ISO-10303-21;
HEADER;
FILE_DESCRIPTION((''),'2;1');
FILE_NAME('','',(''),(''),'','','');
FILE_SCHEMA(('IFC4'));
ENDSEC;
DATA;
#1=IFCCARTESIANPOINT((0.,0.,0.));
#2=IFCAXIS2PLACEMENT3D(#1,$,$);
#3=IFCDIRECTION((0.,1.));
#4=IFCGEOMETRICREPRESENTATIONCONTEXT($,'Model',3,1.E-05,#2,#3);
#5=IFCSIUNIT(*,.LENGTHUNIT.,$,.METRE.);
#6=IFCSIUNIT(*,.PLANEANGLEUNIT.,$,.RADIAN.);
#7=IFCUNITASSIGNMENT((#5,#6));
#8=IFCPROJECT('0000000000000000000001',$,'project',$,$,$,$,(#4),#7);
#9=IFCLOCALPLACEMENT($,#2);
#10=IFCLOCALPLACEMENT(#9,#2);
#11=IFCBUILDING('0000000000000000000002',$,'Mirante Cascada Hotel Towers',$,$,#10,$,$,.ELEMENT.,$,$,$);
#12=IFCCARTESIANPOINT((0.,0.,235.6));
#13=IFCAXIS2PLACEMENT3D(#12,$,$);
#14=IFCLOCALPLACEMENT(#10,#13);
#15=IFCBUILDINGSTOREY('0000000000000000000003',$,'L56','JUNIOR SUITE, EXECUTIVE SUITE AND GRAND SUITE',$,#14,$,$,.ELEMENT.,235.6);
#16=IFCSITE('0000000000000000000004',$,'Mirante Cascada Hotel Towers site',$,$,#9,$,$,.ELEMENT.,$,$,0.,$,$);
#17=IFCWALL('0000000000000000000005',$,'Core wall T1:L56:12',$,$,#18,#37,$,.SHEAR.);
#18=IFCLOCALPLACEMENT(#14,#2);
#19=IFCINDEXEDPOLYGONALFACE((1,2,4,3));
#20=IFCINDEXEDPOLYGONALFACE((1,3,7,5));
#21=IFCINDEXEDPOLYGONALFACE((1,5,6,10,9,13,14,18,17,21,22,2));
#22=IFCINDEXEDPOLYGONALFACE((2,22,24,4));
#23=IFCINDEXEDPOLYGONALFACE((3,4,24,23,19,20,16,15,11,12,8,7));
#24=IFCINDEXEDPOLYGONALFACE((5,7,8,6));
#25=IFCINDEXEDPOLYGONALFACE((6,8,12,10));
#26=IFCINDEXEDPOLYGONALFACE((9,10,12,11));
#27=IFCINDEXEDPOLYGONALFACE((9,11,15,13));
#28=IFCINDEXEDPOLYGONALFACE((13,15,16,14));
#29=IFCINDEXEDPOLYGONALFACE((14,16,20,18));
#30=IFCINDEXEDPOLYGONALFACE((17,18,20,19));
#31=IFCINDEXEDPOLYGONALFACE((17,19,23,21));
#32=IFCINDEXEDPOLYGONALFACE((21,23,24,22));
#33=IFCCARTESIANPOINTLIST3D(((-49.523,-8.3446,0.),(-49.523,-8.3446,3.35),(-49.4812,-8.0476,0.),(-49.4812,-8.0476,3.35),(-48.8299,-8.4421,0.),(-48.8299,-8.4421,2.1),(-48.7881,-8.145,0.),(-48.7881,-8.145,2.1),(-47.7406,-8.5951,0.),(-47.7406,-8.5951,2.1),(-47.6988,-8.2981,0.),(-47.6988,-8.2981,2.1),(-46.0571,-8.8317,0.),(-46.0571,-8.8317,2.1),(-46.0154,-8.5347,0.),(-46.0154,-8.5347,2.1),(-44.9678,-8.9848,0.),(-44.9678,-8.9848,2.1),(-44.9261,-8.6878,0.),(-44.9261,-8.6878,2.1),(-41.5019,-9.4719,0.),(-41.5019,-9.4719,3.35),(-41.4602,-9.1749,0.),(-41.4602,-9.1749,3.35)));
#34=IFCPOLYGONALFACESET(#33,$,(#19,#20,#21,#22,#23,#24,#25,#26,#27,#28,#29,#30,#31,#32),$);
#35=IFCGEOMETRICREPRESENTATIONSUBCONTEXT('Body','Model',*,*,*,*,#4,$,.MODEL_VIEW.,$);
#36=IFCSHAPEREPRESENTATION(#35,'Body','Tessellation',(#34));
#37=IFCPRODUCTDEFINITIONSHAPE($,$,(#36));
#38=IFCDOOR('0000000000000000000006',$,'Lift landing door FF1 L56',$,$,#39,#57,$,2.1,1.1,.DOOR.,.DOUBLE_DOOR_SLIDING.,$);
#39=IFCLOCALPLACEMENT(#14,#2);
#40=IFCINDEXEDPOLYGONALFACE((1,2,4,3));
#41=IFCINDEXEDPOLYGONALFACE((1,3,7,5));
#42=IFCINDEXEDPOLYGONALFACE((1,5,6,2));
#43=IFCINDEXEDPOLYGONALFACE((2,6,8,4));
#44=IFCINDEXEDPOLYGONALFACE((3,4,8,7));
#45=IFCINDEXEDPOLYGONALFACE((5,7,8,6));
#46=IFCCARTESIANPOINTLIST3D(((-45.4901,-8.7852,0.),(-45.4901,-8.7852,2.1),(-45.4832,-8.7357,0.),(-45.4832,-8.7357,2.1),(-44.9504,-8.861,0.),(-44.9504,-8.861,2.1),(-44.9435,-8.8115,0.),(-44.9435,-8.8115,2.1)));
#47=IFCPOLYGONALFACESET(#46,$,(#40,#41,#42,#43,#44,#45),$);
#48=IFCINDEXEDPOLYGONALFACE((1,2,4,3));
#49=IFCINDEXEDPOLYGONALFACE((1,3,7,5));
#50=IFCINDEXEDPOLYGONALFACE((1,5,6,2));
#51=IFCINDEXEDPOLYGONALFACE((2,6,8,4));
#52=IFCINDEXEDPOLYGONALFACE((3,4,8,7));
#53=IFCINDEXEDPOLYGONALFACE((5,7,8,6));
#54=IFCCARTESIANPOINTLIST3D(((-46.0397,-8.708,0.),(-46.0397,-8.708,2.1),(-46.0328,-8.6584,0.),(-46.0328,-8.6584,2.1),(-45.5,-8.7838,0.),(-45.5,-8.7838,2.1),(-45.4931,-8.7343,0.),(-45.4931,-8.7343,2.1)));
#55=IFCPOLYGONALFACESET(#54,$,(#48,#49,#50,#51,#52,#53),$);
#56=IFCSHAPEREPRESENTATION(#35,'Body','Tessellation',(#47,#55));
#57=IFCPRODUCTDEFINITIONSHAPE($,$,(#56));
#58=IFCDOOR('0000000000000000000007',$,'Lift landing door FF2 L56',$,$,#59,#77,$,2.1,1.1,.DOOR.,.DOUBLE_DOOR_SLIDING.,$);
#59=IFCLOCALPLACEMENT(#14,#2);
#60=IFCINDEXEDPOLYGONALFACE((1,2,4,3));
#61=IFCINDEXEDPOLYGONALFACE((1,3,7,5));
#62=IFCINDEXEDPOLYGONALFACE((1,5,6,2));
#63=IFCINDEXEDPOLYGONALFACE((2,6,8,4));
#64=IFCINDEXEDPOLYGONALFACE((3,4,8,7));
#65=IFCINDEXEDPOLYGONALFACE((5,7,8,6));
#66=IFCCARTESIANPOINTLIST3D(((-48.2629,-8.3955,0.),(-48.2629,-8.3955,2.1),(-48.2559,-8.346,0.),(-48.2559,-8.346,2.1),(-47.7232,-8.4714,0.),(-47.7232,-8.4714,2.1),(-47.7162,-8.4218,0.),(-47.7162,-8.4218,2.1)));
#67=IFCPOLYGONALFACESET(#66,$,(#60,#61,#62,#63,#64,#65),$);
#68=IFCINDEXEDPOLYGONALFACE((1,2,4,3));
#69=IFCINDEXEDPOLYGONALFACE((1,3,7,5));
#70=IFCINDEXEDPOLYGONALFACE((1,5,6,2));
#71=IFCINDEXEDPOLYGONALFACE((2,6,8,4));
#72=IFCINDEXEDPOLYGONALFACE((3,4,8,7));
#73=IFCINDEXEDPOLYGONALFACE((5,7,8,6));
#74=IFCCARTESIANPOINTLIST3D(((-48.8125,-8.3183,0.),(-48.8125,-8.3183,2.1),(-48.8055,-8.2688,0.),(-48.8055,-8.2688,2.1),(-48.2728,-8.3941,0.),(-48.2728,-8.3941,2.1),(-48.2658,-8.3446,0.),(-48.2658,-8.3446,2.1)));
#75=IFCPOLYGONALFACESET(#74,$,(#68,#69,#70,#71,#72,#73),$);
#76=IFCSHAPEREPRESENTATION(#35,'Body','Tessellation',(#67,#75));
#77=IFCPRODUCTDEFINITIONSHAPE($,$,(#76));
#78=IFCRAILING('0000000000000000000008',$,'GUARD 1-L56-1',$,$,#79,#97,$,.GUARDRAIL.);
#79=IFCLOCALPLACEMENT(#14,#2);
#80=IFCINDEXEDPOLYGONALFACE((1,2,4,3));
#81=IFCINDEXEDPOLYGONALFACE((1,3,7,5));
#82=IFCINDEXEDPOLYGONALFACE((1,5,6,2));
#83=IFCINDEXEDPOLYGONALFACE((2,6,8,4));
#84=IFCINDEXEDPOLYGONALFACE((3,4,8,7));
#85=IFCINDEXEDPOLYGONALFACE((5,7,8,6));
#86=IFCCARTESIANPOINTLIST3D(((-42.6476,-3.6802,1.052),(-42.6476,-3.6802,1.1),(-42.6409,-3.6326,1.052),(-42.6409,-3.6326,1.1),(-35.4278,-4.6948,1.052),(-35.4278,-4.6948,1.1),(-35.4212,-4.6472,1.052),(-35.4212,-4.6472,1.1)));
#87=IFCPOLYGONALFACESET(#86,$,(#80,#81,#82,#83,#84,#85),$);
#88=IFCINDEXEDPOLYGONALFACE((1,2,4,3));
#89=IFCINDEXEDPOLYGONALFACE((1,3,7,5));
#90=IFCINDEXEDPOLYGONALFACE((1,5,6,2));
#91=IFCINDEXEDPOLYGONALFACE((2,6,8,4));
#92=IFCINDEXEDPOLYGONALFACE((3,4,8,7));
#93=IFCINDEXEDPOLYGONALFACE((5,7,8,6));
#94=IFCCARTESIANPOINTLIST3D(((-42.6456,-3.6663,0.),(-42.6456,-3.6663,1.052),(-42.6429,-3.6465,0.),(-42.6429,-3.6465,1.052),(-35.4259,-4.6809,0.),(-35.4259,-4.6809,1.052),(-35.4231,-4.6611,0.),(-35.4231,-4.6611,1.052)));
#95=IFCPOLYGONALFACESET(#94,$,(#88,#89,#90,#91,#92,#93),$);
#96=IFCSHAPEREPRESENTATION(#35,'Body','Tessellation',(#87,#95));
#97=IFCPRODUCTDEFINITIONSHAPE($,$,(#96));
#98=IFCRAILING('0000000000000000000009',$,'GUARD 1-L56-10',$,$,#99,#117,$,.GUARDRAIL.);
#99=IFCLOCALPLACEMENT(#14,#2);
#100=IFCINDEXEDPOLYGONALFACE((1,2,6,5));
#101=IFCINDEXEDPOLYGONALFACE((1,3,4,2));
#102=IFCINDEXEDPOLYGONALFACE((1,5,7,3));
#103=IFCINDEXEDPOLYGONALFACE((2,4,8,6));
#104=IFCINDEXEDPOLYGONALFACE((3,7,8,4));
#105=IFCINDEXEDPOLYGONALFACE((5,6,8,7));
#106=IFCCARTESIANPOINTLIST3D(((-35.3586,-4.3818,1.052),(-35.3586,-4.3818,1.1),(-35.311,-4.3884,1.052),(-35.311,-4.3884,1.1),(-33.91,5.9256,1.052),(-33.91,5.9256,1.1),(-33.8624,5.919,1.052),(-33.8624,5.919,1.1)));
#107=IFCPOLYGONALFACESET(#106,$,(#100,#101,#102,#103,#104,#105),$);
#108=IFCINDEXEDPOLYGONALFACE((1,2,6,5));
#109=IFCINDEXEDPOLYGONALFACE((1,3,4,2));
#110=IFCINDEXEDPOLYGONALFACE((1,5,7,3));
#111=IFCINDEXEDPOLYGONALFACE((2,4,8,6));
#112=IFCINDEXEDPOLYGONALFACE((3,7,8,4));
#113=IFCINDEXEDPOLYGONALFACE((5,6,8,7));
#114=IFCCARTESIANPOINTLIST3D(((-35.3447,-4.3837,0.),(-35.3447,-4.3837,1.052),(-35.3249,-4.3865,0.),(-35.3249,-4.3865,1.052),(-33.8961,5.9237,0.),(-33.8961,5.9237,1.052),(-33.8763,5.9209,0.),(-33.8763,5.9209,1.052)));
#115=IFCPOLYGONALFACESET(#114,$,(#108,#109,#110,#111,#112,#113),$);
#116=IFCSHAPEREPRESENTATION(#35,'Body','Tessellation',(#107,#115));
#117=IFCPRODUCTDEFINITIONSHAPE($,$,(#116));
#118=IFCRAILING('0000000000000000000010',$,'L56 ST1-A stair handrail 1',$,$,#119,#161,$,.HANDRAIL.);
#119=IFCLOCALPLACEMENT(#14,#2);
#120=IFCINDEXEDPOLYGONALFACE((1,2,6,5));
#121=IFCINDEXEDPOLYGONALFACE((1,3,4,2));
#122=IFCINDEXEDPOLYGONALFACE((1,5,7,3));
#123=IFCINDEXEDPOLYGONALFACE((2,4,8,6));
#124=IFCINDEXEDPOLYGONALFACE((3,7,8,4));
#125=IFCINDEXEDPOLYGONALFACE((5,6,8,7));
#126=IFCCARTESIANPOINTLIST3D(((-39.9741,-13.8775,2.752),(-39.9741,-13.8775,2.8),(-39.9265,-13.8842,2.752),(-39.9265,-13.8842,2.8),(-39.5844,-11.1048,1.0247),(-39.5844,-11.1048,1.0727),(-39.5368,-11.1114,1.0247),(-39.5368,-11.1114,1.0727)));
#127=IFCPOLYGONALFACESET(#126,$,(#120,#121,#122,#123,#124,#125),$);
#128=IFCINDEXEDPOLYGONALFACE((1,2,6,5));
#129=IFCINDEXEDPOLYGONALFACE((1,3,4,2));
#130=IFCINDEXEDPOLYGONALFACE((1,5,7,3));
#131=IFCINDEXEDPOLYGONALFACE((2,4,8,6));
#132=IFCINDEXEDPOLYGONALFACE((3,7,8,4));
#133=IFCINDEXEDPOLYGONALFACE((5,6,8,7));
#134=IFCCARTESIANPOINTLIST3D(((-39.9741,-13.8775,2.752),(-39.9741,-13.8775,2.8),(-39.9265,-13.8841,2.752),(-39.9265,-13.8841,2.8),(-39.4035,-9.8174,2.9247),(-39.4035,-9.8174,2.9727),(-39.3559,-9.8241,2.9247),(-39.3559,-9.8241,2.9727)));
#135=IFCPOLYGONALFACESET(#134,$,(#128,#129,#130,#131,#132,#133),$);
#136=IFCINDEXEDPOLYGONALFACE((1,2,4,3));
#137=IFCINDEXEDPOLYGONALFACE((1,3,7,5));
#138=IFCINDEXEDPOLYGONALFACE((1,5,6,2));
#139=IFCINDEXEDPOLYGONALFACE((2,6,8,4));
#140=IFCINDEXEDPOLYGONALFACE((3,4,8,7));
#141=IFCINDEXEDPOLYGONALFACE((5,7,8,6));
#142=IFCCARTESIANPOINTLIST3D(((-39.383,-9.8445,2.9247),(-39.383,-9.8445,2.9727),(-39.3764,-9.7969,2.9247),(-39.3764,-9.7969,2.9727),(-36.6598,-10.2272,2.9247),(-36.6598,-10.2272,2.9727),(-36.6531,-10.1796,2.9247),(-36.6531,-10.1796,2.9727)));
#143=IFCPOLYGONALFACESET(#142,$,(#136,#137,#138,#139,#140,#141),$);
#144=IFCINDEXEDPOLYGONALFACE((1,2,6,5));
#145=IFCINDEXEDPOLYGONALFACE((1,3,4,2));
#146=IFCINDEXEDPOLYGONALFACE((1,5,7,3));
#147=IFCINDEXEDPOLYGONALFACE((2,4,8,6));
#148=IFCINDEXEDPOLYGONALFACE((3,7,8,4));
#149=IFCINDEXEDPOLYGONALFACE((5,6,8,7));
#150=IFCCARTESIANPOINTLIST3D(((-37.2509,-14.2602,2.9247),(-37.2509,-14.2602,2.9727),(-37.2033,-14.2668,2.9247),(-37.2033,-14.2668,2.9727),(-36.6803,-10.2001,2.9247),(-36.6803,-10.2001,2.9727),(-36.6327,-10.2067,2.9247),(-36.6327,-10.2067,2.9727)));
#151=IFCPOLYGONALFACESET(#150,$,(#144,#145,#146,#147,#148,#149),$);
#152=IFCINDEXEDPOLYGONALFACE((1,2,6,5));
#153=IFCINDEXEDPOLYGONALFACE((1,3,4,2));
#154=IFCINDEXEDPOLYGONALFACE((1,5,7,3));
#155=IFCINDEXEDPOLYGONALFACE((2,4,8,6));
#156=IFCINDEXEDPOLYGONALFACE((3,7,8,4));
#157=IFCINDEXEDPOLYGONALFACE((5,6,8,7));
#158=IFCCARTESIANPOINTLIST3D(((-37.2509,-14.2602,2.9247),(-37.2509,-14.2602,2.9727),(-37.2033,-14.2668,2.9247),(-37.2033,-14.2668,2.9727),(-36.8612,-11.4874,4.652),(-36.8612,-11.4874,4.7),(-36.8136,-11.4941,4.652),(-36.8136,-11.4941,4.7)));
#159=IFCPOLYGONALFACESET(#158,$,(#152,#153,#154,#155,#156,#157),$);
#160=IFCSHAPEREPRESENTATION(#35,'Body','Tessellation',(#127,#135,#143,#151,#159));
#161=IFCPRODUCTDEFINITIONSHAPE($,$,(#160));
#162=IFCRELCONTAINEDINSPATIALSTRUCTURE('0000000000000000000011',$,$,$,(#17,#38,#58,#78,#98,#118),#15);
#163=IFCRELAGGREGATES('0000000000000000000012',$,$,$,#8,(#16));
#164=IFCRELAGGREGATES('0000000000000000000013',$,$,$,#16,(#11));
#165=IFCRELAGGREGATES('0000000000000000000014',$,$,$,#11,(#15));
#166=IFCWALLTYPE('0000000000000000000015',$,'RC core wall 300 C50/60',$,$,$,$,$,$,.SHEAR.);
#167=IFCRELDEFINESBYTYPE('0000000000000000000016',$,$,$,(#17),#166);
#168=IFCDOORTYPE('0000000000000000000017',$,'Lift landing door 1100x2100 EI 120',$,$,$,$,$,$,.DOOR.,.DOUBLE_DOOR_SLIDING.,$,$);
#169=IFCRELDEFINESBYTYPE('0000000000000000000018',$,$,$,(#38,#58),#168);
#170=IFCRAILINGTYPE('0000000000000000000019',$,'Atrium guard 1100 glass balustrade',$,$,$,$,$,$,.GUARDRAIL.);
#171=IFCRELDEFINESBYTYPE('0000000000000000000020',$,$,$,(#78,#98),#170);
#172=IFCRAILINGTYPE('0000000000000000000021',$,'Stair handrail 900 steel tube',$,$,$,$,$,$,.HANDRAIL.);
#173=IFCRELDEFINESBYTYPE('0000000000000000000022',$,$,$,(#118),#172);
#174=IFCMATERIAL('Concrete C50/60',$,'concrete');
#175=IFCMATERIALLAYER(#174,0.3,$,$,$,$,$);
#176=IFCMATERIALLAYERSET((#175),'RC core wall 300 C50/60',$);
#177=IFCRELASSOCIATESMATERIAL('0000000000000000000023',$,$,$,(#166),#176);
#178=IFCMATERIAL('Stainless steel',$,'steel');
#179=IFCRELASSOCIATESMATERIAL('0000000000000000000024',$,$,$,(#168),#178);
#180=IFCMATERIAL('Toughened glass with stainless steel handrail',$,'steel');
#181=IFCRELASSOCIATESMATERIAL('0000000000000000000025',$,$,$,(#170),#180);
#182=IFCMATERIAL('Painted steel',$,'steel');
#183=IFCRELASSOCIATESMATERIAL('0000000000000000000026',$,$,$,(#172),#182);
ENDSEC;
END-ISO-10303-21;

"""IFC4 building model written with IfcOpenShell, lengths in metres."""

from ifc_helpers import new_model, si_unit, direction, frame, frame_2d, origin, origin_2d, place, context, subcontext, project, spatial, rectangle, extrude, material, layer, layer_set, type_object, element, fill, save


model = new_model("IFC4")

# Units and contexts
model_context = context("Model", 3, precision=1e-05, world=origin(), true_north=direction((0.0, 1.0)))
body_context = subcontext(model_context, "Body", "Model", "MODEL_VIEW")
ifc_project = project(units=[si_unit("LENGTHUNIT", "METRE"), si_unit("PLANEANGLEUNIT", "RADIAN")], contexts=[model_context])

# Site, building, storey
site_placement = place(None, origin())
site = spatial("IfcSite", under=ifc_project, at=site_placement, Name="Mirante Cascada Hotel Towers site", CompositionType="ELEMENT", RefElevation=0.0)
building_placement = place(site_placement, origin())
building = spatial("IfcBuilding", under=site, at=building_placement, Name="Mirante Cascada Hotel Towers", CompositionType="ELEMENT")
storey_placement = place(building_placement, frame((0.0, 0.0, 235.6)))
storey = spatial("IfcBuildingStorey", under=building, at=storey_placement, Name="L56", Description="JUNIOR SUITE, EXECUTIVE SUITE AND GRAND SUITE", CompositionType="ELEMENT", Elevation=235.6)

# Shared definitions
ifc_material_1 = material(Name="Concrete C50/60", Category="concrete")
ifc_layer_1 = layer(ifc_material_1, 0.3)
ifc_layer_set_1 = layer_set([ifc_layer_1], Name="RC core wall 300 C50/60")
wall_type_1 = type_object("IfcWallType", Name="RC core wall 300 C50/60", PredefinedType="SHEAR", material=ifc_layer_set_1)

# Wall, openings, doors
wall_1_placement = place(storey_placement, frame((-41.481, -9.3234, 0.0), z_axis=(0.0, 0.0, 1.0), x_axis=(-0.990268, 0.139174, 0.0)))
wall_1 = element("IfcWall", 1, at=wall_1_placement, inside=storey, type_object=wall_type_1, Name="Core wall T1:L56:12", PredefinedType="SHEAR", context=body_context, shape_type="SweptSolid", body=[
    extrude(rectangle(XDim=8.0999, YDim=0.3, at=frame_2d((4.05, 0.0))), origin(), (0.0, 0.0, 1.0), 3.35),
])
opening_1_placement = place(wall_1_placement, frame((3.5, 0.0, 0.0)))
opening_1 = element("IfcOpeningElement", 2, at=opening_1_placement, cuts=wall_1, PredefinedType="OPENING", context=body_context, shape_type="SweptSolid", body=[
    extrude(rectangle(XDim=1.1, YDim=2.1, at=frame_2d((0.55, 1.05))), frame((0.0, 0.15, 0.0), z_axis=(0.0, -1.0, 0.0), x_axis=(1.0, 0.0, 0.0)), (0.0, 0.0, 1.0), 0.3),
])
opening_2_placement = place(wall_1_placement, frame((6.3, 0.0, 0.0)))
opening_2 = element("IfcOpeningElement", 3, at=opening_2_placement, cuts=wall_1, PredefinedType="OPENING", context=body_context, shape_type="SweptSolid", body=[
    extrude(rectangle(XDim=1.1, YDim=2.1, at=frame_2d((0.55, 1.05))), frame((0.0, 0.15, 0.0), z_axis=(0.0, -1.0, 0.0), x_axis=(1.0, 0.0, 0.0)), (0.0, 0.0, 1.0), 0.3),
])
ifc_material_2 = material(Name="Stainless steel", Category="steel")
door_type_1 = type_object("IfcDoorType", Name="Lift landing door 1100x2100 EI 120", OperationType="DOUBLE_DOOR_SLIDING", PredefinedType="DOOR", material=ifc_material_2)
door_1_placement = place(opening_1_placement, origin())
door_1 = element("IfcDoor", 4, at=door_1_placement, inside=storey, type_object=door_type_1, Name="Lift landing door FF1 L56", OperationType="DOUBLE_DOOR_SLIDING", OverallHeight=2.1, OverallWidth=1.1, PredefinedType="DOOR", context=body_context, shape_type="SweptSolid", body=[
    extrude(rectangle(XDim=0.545, YDim=2.1, at=frame_2d((0.2725, 1.05))), frame((0.0, 0.025, 0.0), z_axis=(0.0, -1.0, 0.0), x_axis=(1.0, 0.0, 0.0)), (0.0, 0.0, 1.0), 0.05),
    extrude(rectangle(XDim=0.545, YDim=2.1, at=frame_2d((0.8275, 1.05))), frame((0.0, 0.025, 0.0), z_axis=(0.0, -1.0, 0.0), x_axis=(1.0, 0.0, 0.0)), (0.0, 0.0, 1.0), 0.05),
])
fill(opening_1, door_1)
door_2_placement = place(opening_2_placement, origin())
door_2 = element("IfcDoor", 5, at=door_2_placement, inside=storey, type_object=door_type_1, Name="Lift landing door FF2 L56", OperationType="DOUBLE_DOOR_SLIDING", OverallHeight=2.1, OverallWidth=1.1, PredefinedType="DOOR", context=body_context, shape_type="SweptSolid", body=[
    extrude(rectangle(XDim=0.545, YDim=2.1, at=frame_2d((0.2725, 1.05))), frame((0.0, 0.025, 0.0), z_axis=(0.0, -1.0, 0.0), x_axis=(1.0, 0.0, 0.0)), (0.0, 0.0, 1.0), 0.05),
    extrude(rectangle(XDim=0.545, YDim=2.1, at=frame_2d((0.8275, 1.05))), frame((0.0, 0.025, 0.0), z_axis=(0.0, -1.0, 0.0), x_axis=(1.0, 0.0, 0.0)), (0.0, 0.0, 1.0), 0.05),
])
fill(opening_2, door_2)

# Railings
ifc_material_3 = material(Name="Toughened glass with stainless steel handrail", Category="steel")
railing_type_1 = type_object("IfcRailingType", Name="Atrium guard 1100 glass balustrade", PredefinedType="GUARDRAIL", material=ifc_material_3)
railing_1_placement = place(storey_placement, frame((-35.4245, -4.671, 0.0)))
element("IfcRailing", 6, at=railing_1_placement, inside=storey, type_object=railing_type_1, Name="GUARD 1-L56-1", PredefinedType="GUARDRAIL", context=body_context, shape_type="SweptSolid", body=[
    extrude(rectangle(XDim=0.048, YDim=0.048, at=origin_2d()), frame((0.0, 0.0, 1.076), z_axis=(-0.99027, 0.139163, 0.0), x_axis=(-0.139163, -0.99027, 0.0)), (0.0, 0.0, 1.0), 7.2907),
    extrude(rectangle(XDim=0.02, YDim=1.052, at=origin_2d()), frame((0.0, 0.0, 0.526), z_axis=(-0.99027, 0.139163, 0.0), x_axis=(-0.139163, -0.99027, 0.0)), (0.0, 0.0, 1.0), 7.2907),
])
railing_2_placement = place(storey_placement, frame((-35.3348, -4.3851, 0.0)))
element("IfcRailing", 7, at=railing_2_placement, inside=storey, type_object=railing_type_1, Name="GUARD 1-L56-10", PredefinedType="GUARDRAIL", context=body_context, shape_type="SweptSolid", body=[
    extrude(rectangle(XDim=0.048, YDim=0.048, at=origin_2d()), frame((0.0, 0.0, 1.076), z_axis=(0.139172, 0.990268, 0.0), x_axis=(-0.990268, 0.139172, 0.0)), (0.0, 0.0, 1.0), 10.4087),
    extrude(rectangle(XDim=0.02, YDim=1.052, at=origin_2d()), frame((0.0, 0.0, 0.526), z_axis=(0.139172, 0.990268, 0.0), x_axis=(-0.990268, 0.139172, 0.0)), (0.0, 0.0, 1.0), 10.4087),
])
ifc_material_4 = material(Name="Painted steel", Category="steel")
railing_type_2 = type_object("IfcRailingType", Name="Stair handrail 900 steel tube", PredefinedType="HANDRAIL", material=ifc_material_4)
railing_3_placement = place(storey_placement, frame((-39.5606, -11.1081, 0.1727)))
element("IfcRailing", 8, at=railing_3_placement, inside=storey, type_object=railing_type_2, Name="L56 ST1-A stair handrail 1", PredefinedType="HANDRAIL", context=body_context, shape_type="SweptSolid", body=[
    extrude(rectangle(XDim=0.048, YDim=0.048, at=origin_2d()), frame((0.0, 0.0, 0.876), z_axis=(-0.139181, -0.990267, 0.0), x_axis=(0.990267, -0.139181, 0.0)), (0.0, 0.525035, 0.851081), 3.2899),
    extrude(rectangle(XDim=0.048, YDim=0.048, at=origin_2d()), frame((-0.3897, -2.7727, 2.6033), z_axis=(0.139171, 0.990268, 0.0), x_axis=(-0.990268, 0.139171, 0.0)), (0.0, 0.042085, 0.999114), 4.1036),
    extrude(rectangle(XDim=0.048, YDim=0.048, at=origin_2d()), frame((0.1809, 1.2874, 2.776), z_axis=(0.990269, -0.139166, 0.0), x_axis=(0.139166, 0.990269, 0.0)), (0.0, 0.0, 1.0), 2.75),
    extrude(rectangle(XDim=0.048, YDim=0.048, at=origin_2d()), frame((2.9041, 0.9047, 2.776), z_axis=(-0.139171, -0.990268, 0.0), x_axis=(0.990268, -0.139171, 0.0)), (0.0, 0.0, 1.0), 4.1),
    extrude(rectangle(XDim=0.048, YDim=0.048, at=origin_2d()), frame((2.3335, -3.1554, 2.776), z_axis=(0.139181, 0.990267, 0.0), x_axis=(-0.990267, 0.139181, 0.0)), (0.0, 0.525035, 0.851081), 3.2899),
])

save(model, "model.ifc")
